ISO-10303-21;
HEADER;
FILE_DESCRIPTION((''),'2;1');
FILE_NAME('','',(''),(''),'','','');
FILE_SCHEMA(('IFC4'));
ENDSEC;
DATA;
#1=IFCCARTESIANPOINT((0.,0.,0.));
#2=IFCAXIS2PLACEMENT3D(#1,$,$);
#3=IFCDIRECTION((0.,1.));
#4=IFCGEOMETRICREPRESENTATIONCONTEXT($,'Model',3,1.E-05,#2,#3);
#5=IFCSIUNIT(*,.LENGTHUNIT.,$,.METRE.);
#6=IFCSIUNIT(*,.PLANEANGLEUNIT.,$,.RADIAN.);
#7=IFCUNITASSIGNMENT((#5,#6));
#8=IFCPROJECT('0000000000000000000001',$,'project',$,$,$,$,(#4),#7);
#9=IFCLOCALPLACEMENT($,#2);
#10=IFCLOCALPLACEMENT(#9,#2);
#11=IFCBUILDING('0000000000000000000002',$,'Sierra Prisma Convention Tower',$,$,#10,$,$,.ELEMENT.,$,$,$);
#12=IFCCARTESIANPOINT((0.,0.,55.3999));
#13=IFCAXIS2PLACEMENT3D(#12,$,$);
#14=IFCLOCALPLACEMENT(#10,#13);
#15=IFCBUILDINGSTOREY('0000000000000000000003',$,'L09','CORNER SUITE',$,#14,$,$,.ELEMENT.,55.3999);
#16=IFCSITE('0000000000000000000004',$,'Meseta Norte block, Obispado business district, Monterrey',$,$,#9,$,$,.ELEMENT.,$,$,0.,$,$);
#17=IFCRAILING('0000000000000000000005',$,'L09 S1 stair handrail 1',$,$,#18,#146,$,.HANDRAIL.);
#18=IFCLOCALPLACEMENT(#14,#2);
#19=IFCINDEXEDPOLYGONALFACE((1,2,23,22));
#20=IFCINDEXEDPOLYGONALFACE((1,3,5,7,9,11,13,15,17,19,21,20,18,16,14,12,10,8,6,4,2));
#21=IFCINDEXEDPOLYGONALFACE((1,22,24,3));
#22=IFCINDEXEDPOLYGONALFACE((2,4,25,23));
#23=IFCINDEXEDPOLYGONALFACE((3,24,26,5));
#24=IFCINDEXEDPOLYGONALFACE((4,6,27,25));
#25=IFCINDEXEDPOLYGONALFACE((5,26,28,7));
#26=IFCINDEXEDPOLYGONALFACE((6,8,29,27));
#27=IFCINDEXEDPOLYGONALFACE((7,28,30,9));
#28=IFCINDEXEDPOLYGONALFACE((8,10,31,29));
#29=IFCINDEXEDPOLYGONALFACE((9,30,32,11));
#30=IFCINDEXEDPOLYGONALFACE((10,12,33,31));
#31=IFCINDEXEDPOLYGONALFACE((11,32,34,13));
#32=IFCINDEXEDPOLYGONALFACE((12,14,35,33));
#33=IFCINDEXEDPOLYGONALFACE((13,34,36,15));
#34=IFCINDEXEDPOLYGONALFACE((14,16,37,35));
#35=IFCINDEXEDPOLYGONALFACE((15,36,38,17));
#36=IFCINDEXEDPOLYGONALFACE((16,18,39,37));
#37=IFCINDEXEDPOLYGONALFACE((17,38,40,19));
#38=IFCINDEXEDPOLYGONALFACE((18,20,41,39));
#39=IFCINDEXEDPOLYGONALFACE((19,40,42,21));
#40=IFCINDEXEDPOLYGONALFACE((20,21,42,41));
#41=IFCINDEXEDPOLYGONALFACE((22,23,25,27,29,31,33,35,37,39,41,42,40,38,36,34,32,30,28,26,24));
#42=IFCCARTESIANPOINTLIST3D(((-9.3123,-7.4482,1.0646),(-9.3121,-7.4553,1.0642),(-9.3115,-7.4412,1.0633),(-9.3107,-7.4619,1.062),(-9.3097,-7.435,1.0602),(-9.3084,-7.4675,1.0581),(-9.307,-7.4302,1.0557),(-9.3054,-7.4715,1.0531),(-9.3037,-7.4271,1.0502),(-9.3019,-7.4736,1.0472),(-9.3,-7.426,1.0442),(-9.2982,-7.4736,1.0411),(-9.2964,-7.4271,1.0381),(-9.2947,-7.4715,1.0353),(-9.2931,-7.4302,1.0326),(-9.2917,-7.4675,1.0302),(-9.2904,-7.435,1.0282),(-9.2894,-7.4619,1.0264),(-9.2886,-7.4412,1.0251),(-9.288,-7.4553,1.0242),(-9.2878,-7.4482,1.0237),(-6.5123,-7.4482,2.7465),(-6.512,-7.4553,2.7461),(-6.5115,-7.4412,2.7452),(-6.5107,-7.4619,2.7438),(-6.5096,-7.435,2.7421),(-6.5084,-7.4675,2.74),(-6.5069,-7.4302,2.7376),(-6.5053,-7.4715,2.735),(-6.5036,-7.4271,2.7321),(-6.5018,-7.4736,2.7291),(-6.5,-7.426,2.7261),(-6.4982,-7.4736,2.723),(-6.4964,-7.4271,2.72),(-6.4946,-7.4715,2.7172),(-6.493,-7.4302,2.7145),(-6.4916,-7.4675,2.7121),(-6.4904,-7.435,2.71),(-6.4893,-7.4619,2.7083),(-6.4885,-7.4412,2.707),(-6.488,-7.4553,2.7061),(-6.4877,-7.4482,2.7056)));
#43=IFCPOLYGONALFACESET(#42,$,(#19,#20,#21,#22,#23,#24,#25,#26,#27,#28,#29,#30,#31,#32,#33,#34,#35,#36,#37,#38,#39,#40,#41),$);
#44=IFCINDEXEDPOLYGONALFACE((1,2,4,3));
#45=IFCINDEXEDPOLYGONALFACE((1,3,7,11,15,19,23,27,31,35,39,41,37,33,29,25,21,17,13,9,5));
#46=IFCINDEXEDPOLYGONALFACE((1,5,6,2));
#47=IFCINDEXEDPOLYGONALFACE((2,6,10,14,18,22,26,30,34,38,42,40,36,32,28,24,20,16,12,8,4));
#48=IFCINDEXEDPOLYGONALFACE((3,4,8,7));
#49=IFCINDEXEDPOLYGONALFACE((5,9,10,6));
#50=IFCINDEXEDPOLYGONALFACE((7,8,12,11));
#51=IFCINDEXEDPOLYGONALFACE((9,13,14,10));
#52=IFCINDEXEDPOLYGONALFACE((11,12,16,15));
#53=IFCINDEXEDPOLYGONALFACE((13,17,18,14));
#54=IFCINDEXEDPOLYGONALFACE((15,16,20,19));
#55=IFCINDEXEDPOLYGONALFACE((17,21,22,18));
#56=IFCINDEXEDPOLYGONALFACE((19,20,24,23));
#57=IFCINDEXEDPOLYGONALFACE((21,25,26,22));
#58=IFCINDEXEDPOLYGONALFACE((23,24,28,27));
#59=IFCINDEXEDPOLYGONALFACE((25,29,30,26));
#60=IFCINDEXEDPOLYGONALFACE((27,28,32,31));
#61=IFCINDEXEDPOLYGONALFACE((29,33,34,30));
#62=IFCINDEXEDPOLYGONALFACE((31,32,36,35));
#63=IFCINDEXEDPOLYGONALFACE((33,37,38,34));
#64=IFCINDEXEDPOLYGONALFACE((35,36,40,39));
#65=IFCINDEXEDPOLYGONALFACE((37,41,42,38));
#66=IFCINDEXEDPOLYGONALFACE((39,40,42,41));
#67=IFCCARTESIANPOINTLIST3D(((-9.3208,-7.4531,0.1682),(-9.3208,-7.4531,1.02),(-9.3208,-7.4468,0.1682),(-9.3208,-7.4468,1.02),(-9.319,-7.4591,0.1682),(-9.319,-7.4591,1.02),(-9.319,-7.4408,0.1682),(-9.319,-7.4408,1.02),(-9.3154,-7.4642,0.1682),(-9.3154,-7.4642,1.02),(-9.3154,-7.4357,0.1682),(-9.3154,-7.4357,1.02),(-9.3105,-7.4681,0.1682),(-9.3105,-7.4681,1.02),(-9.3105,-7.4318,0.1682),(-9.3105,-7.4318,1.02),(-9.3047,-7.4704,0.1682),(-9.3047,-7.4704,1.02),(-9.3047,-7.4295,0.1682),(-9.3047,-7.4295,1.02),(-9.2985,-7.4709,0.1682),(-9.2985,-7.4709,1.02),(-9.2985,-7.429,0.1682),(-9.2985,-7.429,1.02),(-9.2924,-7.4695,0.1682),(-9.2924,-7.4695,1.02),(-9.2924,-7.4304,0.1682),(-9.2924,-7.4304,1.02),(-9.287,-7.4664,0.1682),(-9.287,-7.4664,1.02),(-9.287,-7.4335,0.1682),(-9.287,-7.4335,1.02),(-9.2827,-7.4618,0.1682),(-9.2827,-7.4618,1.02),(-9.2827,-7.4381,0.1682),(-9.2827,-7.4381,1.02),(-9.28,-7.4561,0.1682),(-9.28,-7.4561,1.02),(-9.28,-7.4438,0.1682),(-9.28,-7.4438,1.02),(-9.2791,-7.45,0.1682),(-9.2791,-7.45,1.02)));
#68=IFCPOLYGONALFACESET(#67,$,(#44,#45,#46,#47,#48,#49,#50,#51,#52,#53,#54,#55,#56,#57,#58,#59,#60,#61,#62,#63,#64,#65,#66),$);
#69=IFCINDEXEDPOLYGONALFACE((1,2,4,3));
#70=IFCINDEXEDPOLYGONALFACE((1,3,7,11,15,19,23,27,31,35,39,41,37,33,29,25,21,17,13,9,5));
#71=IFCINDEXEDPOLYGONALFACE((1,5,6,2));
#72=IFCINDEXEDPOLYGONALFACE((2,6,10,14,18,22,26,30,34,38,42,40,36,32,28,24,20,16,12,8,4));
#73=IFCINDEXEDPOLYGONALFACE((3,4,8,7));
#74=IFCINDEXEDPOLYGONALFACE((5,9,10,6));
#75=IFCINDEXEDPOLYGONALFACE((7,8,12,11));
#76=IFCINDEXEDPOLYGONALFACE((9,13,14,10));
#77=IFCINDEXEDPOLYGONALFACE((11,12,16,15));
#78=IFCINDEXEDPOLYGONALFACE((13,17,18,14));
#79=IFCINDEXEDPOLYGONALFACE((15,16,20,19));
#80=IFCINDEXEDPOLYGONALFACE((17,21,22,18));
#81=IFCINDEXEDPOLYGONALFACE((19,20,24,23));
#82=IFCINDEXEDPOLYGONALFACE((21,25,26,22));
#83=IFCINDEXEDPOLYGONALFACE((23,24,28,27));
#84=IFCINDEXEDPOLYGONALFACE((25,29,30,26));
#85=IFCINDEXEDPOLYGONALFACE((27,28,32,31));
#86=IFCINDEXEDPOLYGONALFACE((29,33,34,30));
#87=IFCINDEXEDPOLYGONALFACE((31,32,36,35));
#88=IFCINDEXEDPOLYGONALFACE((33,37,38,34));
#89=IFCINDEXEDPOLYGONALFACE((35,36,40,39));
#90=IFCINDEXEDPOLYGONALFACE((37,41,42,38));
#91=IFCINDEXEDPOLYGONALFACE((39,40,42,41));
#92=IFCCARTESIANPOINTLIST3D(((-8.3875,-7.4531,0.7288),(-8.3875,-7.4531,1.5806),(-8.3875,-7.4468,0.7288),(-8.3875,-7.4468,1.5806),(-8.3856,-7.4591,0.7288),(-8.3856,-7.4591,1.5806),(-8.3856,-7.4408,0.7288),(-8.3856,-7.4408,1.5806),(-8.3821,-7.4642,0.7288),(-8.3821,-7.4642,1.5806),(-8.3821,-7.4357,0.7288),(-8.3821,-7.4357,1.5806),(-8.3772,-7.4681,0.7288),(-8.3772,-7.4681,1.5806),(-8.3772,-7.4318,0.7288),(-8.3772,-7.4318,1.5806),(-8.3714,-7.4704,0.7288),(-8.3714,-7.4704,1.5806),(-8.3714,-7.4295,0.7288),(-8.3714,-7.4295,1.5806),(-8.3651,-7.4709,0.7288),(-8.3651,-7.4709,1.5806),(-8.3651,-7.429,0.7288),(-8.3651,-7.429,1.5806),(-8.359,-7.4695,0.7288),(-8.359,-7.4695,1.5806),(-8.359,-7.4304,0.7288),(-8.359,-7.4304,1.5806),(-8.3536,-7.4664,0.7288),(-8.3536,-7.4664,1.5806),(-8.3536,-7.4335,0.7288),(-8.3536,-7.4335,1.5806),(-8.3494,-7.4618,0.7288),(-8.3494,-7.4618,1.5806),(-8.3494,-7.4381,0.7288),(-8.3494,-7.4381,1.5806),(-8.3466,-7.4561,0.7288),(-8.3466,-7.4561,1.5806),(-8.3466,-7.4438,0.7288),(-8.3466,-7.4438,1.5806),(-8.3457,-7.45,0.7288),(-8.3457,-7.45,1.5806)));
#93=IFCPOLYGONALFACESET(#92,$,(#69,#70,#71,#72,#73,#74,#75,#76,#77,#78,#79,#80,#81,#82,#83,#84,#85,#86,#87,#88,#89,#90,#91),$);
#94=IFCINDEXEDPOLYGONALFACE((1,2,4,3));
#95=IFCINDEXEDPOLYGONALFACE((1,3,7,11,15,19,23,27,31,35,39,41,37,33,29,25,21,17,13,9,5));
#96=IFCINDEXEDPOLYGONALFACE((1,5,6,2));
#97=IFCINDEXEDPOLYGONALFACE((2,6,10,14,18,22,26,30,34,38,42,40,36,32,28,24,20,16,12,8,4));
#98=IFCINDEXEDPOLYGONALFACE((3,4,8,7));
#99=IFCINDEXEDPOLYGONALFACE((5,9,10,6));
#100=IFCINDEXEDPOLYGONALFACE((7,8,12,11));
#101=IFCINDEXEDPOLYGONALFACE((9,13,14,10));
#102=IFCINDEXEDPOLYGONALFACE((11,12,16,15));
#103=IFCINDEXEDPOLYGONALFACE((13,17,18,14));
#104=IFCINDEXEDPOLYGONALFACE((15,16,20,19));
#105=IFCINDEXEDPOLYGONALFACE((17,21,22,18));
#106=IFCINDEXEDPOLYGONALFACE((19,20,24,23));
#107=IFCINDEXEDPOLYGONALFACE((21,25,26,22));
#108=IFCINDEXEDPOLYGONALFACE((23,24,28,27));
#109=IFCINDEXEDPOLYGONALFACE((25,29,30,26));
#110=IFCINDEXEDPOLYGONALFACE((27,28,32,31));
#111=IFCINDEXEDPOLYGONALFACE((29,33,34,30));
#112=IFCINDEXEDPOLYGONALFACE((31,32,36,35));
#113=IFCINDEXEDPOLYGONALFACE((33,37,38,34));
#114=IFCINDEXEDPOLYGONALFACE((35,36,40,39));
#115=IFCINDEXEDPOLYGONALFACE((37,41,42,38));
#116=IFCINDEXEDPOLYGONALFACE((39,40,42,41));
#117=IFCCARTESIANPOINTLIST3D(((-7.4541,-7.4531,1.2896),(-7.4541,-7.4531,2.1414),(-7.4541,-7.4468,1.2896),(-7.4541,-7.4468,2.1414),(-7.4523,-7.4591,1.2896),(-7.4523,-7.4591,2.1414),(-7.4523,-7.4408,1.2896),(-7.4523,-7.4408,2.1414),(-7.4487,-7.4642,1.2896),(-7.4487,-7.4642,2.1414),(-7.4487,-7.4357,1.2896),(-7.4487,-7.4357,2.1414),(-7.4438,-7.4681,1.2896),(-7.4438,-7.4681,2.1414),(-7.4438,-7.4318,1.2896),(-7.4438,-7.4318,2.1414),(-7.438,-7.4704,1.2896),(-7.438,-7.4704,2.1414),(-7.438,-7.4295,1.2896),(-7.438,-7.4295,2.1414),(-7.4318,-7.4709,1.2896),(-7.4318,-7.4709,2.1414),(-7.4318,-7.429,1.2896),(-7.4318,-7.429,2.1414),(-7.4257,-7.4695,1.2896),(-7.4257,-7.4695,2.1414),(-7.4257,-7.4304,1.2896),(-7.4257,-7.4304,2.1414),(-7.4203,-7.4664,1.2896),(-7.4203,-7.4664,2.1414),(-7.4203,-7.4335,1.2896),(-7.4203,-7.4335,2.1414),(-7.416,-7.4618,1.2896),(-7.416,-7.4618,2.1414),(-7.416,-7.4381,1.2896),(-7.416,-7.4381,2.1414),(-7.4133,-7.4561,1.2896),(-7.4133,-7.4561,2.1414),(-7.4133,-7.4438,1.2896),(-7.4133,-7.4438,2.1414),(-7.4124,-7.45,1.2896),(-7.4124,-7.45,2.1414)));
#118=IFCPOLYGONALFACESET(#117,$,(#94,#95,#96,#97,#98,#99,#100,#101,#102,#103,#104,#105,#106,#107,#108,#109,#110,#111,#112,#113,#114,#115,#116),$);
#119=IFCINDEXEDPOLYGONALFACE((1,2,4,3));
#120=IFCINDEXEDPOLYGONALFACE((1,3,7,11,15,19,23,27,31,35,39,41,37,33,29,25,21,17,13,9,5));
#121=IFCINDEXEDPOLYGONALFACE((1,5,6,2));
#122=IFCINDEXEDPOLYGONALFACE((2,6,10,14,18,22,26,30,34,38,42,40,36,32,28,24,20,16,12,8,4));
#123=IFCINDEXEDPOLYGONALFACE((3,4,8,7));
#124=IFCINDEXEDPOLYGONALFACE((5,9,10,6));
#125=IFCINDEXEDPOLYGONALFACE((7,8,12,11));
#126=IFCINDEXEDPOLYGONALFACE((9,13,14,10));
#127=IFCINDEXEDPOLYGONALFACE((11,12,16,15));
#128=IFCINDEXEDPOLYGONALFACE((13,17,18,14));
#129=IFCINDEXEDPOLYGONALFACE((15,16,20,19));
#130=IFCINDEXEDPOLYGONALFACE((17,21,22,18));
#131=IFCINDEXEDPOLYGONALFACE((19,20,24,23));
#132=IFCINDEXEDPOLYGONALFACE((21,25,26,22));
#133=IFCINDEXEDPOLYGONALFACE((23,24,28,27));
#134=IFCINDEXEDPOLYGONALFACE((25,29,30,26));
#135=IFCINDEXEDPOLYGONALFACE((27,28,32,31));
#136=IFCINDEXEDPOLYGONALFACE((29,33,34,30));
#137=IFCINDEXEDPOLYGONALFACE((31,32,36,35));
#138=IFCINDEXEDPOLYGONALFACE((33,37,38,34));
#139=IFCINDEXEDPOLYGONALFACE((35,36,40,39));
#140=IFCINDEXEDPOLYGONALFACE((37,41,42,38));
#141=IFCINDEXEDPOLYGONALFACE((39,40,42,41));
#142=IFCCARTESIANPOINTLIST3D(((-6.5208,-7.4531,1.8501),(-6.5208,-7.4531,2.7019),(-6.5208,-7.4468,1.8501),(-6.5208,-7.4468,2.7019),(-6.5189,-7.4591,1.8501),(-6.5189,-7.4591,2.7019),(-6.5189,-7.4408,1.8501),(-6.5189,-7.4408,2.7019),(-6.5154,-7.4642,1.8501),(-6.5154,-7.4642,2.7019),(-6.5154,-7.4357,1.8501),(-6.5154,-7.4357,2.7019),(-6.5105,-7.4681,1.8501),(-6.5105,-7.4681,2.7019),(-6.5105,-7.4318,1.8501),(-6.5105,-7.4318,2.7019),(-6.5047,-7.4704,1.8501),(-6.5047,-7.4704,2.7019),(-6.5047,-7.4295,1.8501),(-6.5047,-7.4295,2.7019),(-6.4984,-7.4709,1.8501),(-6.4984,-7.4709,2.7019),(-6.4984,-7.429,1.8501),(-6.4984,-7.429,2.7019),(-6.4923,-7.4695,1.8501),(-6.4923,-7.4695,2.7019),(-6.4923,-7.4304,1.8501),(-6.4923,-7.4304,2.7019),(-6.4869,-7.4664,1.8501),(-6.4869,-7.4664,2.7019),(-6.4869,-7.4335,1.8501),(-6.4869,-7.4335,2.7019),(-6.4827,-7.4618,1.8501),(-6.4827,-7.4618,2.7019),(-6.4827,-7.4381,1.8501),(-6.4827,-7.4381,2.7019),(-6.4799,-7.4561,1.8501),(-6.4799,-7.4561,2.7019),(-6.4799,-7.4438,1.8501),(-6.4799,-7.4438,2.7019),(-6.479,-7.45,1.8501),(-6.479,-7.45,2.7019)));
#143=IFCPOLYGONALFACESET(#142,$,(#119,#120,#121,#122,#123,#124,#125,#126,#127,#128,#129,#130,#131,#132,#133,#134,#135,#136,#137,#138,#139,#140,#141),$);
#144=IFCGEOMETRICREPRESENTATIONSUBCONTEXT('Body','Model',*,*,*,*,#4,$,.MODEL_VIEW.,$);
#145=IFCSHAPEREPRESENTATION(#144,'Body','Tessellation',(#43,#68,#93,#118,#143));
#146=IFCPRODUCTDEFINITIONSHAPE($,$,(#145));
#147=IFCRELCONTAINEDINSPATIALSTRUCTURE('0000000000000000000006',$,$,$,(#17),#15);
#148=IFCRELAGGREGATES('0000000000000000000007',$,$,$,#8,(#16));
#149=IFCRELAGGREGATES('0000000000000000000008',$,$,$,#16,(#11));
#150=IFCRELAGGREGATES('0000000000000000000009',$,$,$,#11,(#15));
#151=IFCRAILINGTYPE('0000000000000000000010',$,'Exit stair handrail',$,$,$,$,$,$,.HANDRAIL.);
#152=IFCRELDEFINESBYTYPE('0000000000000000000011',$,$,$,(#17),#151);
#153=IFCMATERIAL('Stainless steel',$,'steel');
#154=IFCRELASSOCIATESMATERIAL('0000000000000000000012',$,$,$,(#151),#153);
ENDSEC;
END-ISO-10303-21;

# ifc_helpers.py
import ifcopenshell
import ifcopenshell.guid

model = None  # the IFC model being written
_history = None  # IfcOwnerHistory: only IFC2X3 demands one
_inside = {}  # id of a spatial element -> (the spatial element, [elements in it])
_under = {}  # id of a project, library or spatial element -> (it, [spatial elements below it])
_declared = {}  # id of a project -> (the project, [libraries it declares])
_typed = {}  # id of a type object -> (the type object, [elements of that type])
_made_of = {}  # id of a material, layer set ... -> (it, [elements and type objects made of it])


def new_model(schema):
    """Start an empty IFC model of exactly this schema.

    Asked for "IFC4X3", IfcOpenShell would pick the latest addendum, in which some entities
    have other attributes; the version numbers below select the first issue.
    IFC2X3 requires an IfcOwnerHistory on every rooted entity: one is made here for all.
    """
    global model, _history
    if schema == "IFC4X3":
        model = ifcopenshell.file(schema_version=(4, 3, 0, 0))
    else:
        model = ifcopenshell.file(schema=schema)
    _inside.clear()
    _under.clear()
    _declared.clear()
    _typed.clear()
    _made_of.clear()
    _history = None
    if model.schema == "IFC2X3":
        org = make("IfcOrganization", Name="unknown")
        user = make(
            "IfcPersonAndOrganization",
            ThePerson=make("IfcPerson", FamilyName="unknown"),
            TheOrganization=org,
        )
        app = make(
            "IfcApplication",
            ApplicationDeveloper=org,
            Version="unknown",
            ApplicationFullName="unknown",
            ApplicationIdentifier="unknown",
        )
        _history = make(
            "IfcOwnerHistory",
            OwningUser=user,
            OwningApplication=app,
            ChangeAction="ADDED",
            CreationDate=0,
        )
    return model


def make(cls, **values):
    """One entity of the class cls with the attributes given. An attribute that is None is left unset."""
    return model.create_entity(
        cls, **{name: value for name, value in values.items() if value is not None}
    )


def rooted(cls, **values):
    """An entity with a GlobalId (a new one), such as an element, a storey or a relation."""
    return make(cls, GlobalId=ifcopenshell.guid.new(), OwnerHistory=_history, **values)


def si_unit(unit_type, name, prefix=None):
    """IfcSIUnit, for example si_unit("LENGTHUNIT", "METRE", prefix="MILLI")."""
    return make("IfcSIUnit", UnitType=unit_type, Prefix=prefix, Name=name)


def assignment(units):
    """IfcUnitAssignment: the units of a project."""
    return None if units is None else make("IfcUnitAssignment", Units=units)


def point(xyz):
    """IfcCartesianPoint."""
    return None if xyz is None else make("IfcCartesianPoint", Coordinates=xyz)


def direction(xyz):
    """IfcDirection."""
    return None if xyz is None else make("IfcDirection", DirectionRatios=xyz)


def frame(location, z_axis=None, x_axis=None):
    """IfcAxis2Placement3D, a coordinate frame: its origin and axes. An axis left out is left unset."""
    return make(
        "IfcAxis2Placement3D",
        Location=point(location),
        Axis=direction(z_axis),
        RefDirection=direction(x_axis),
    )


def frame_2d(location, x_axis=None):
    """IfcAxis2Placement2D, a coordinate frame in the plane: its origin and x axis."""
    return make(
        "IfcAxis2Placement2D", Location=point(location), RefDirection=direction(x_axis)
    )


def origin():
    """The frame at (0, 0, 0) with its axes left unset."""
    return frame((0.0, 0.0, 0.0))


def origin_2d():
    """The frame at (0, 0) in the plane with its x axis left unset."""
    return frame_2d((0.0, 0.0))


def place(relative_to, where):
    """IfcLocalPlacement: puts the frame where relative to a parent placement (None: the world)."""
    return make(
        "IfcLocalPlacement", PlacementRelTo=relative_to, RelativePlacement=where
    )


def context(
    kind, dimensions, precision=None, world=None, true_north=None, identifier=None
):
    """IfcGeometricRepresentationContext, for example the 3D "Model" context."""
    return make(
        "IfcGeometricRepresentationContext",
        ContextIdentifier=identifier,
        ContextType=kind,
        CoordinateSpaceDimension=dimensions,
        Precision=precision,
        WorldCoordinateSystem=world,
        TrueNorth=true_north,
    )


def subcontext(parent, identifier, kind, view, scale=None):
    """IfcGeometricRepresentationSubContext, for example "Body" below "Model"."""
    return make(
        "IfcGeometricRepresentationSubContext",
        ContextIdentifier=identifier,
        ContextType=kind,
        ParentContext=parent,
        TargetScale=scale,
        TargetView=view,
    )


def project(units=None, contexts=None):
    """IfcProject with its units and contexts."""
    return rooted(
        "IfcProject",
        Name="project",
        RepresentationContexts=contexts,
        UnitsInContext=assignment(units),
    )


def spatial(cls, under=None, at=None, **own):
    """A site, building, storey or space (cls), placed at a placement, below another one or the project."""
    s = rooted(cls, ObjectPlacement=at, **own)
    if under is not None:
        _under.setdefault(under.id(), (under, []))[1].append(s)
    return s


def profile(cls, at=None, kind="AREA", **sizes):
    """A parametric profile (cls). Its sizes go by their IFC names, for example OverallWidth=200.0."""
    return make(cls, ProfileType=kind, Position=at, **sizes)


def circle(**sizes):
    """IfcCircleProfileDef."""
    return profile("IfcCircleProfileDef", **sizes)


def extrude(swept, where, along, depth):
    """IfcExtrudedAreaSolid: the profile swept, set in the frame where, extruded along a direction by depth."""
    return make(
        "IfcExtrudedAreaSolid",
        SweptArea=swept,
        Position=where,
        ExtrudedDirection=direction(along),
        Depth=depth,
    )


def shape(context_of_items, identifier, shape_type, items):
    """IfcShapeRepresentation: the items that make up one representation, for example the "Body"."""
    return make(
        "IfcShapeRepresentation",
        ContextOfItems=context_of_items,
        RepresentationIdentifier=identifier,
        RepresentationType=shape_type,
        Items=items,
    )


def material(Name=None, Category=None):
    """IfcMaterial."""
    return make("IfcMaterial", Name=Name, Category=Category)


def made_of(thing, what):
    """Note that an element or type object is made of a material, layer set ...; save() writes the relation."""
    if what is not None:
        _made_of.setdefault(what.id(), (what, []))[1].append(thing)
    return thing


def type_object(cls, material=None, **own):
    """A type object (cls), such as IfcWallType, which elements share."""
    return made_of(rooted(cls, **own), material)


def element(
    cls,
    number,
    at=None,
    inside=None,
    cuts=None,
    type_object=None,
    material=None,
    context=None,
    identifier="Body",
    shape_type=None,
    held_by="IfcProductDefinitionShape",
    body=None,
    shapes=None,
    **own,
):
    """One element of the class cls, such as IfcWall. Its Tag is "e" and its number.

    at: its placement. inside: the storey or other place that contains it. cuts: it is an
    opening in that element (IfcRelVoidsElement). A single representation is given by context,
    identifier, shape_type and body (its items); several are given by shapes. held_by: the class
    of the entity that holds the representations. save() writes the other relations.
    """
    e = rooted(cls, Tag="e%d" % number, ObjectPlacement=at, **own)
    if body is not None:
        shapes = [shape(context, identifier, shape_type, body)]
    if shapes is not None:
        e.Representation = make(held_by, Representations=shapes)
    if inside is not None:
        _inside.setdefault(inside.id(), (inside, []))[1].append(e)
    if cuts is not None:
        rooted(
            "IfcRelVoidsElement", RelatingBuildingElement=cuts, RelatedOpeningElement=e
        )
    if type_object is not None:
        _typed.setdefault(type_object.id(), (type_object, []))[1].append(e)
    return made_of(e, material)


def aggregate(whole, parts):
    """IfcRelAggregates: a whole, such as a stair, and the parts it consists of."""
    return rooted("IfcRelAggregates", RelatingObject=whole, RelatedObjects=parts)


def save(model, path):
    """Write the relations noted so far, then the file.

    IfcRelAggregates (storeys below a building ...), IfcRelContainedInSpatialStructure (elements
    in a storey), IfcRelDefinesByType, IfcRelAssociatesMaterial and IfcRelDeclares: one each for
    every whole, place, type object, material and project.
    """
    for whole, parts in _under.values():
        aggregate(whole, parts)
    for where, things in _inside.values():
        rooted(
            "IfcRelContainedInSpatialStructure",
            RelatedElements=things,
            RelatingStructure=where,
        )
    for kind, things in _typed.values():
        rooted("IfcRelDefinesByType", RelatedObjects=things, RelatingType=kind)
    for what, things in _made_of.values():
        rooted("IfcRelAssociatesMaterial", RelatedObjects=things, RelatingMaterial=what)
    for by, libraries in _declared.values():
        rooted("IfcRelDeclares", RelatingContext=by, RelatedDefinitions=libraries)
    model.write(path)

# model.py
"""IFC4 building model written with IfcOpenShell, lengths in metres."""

from ifc_helpers import new_model, si_unit, direction, frame, origin, origin_2d, place, context, subcontext, project, spatial, circle, extrude, material, type_object, element, save


model = new_model("IFC4")

# Units and contexts
model_context = context("Model", 3, precision=1e-05, world=origin(), true_north=direction((0.0, 1.0)))
body_context = subcontext(model_context, "Body", "Model", "MODEL_VIEW")
ifc_project = project(units=[si_unit("LENGTHUNIT", "METRE"), si_unit("PLANEANGLEUNIT", "RADIAN")], contexts=[model_context])

# Site, building, storey
site_placement = place(None, origin())
site = spatial("IfcSite", under=ifc_project, at=site_placement, Name="Meseta Norte block, Obispado business district, Monterrey", CompositionType="ELEMENT", RefElevation=0.0)
building_placement = place(site_placement, origin())
building = spatial("IfcBuilding", under=site, at=building_placement, Name="Sierra Prisma Convention Tower", CompositionType="ELEMENT")
storey_placement = place(building_placement, frame((0.0, 0.0, 55.3999)))
storey = spatial("IfcBuildingStorey", under=building, at=storey_placement, Name="L09", Description="CORNER SUITE", CompositionType="ELEMENT", Elevation=55.3999)

# Railing
ifc_material_1 = material(Name="Stainless steel", Category="steel")
railing_type_1 = type_object("IfcRailingType", Name="Exit stair handrail", PredefinedType="HANDRAIL", material=ifc_material_1)
railing_1_placement = place(storey_placement, frame((-9.3, -7.45, 0.1682)))
element("IfcRailing", 1, at=railing_1_placement, inside=storey, type_object=railing_type_1, Name="L09 S1 stair handrail 1", PredefinedType="HANDRAIL", context=body_context, shape_type="SweptSolid", body=[
    extrude(circle(Radius=0.0239, at=origin_2d()), frame((0.0, 0.0, 0.876), z_axis=(0.857242, 0.0, 0.514913), x_axis=(0.0, 1.0, 0.0)), (0.0, 0.0, 1.0), 3.2664),
    extrude(circle(Radius=0.021, at=origin_2d()), origin(), (0.0, 0.0, 1.0), 0.8518),
    extrude(circle(Radius=0.021, at=origin_2d()), frame((0.9333, 0.0, 0.5605)), (0.0, 0.0, 1.0), 0.8518),
    extrude(circle(Radius=0.021, at=origin_2d()), frame((1.8667, 0.0, 1.1213)), (0.0, 0.0, 1.0), 0.8518),
    extrude(circle(Radius=0.021, at=origin_2d()), frame((2.8, 0.0, 1.6819)), (0.0, 0.0, 1.0), 0.8518),
])

save(model, "model.ifc")
